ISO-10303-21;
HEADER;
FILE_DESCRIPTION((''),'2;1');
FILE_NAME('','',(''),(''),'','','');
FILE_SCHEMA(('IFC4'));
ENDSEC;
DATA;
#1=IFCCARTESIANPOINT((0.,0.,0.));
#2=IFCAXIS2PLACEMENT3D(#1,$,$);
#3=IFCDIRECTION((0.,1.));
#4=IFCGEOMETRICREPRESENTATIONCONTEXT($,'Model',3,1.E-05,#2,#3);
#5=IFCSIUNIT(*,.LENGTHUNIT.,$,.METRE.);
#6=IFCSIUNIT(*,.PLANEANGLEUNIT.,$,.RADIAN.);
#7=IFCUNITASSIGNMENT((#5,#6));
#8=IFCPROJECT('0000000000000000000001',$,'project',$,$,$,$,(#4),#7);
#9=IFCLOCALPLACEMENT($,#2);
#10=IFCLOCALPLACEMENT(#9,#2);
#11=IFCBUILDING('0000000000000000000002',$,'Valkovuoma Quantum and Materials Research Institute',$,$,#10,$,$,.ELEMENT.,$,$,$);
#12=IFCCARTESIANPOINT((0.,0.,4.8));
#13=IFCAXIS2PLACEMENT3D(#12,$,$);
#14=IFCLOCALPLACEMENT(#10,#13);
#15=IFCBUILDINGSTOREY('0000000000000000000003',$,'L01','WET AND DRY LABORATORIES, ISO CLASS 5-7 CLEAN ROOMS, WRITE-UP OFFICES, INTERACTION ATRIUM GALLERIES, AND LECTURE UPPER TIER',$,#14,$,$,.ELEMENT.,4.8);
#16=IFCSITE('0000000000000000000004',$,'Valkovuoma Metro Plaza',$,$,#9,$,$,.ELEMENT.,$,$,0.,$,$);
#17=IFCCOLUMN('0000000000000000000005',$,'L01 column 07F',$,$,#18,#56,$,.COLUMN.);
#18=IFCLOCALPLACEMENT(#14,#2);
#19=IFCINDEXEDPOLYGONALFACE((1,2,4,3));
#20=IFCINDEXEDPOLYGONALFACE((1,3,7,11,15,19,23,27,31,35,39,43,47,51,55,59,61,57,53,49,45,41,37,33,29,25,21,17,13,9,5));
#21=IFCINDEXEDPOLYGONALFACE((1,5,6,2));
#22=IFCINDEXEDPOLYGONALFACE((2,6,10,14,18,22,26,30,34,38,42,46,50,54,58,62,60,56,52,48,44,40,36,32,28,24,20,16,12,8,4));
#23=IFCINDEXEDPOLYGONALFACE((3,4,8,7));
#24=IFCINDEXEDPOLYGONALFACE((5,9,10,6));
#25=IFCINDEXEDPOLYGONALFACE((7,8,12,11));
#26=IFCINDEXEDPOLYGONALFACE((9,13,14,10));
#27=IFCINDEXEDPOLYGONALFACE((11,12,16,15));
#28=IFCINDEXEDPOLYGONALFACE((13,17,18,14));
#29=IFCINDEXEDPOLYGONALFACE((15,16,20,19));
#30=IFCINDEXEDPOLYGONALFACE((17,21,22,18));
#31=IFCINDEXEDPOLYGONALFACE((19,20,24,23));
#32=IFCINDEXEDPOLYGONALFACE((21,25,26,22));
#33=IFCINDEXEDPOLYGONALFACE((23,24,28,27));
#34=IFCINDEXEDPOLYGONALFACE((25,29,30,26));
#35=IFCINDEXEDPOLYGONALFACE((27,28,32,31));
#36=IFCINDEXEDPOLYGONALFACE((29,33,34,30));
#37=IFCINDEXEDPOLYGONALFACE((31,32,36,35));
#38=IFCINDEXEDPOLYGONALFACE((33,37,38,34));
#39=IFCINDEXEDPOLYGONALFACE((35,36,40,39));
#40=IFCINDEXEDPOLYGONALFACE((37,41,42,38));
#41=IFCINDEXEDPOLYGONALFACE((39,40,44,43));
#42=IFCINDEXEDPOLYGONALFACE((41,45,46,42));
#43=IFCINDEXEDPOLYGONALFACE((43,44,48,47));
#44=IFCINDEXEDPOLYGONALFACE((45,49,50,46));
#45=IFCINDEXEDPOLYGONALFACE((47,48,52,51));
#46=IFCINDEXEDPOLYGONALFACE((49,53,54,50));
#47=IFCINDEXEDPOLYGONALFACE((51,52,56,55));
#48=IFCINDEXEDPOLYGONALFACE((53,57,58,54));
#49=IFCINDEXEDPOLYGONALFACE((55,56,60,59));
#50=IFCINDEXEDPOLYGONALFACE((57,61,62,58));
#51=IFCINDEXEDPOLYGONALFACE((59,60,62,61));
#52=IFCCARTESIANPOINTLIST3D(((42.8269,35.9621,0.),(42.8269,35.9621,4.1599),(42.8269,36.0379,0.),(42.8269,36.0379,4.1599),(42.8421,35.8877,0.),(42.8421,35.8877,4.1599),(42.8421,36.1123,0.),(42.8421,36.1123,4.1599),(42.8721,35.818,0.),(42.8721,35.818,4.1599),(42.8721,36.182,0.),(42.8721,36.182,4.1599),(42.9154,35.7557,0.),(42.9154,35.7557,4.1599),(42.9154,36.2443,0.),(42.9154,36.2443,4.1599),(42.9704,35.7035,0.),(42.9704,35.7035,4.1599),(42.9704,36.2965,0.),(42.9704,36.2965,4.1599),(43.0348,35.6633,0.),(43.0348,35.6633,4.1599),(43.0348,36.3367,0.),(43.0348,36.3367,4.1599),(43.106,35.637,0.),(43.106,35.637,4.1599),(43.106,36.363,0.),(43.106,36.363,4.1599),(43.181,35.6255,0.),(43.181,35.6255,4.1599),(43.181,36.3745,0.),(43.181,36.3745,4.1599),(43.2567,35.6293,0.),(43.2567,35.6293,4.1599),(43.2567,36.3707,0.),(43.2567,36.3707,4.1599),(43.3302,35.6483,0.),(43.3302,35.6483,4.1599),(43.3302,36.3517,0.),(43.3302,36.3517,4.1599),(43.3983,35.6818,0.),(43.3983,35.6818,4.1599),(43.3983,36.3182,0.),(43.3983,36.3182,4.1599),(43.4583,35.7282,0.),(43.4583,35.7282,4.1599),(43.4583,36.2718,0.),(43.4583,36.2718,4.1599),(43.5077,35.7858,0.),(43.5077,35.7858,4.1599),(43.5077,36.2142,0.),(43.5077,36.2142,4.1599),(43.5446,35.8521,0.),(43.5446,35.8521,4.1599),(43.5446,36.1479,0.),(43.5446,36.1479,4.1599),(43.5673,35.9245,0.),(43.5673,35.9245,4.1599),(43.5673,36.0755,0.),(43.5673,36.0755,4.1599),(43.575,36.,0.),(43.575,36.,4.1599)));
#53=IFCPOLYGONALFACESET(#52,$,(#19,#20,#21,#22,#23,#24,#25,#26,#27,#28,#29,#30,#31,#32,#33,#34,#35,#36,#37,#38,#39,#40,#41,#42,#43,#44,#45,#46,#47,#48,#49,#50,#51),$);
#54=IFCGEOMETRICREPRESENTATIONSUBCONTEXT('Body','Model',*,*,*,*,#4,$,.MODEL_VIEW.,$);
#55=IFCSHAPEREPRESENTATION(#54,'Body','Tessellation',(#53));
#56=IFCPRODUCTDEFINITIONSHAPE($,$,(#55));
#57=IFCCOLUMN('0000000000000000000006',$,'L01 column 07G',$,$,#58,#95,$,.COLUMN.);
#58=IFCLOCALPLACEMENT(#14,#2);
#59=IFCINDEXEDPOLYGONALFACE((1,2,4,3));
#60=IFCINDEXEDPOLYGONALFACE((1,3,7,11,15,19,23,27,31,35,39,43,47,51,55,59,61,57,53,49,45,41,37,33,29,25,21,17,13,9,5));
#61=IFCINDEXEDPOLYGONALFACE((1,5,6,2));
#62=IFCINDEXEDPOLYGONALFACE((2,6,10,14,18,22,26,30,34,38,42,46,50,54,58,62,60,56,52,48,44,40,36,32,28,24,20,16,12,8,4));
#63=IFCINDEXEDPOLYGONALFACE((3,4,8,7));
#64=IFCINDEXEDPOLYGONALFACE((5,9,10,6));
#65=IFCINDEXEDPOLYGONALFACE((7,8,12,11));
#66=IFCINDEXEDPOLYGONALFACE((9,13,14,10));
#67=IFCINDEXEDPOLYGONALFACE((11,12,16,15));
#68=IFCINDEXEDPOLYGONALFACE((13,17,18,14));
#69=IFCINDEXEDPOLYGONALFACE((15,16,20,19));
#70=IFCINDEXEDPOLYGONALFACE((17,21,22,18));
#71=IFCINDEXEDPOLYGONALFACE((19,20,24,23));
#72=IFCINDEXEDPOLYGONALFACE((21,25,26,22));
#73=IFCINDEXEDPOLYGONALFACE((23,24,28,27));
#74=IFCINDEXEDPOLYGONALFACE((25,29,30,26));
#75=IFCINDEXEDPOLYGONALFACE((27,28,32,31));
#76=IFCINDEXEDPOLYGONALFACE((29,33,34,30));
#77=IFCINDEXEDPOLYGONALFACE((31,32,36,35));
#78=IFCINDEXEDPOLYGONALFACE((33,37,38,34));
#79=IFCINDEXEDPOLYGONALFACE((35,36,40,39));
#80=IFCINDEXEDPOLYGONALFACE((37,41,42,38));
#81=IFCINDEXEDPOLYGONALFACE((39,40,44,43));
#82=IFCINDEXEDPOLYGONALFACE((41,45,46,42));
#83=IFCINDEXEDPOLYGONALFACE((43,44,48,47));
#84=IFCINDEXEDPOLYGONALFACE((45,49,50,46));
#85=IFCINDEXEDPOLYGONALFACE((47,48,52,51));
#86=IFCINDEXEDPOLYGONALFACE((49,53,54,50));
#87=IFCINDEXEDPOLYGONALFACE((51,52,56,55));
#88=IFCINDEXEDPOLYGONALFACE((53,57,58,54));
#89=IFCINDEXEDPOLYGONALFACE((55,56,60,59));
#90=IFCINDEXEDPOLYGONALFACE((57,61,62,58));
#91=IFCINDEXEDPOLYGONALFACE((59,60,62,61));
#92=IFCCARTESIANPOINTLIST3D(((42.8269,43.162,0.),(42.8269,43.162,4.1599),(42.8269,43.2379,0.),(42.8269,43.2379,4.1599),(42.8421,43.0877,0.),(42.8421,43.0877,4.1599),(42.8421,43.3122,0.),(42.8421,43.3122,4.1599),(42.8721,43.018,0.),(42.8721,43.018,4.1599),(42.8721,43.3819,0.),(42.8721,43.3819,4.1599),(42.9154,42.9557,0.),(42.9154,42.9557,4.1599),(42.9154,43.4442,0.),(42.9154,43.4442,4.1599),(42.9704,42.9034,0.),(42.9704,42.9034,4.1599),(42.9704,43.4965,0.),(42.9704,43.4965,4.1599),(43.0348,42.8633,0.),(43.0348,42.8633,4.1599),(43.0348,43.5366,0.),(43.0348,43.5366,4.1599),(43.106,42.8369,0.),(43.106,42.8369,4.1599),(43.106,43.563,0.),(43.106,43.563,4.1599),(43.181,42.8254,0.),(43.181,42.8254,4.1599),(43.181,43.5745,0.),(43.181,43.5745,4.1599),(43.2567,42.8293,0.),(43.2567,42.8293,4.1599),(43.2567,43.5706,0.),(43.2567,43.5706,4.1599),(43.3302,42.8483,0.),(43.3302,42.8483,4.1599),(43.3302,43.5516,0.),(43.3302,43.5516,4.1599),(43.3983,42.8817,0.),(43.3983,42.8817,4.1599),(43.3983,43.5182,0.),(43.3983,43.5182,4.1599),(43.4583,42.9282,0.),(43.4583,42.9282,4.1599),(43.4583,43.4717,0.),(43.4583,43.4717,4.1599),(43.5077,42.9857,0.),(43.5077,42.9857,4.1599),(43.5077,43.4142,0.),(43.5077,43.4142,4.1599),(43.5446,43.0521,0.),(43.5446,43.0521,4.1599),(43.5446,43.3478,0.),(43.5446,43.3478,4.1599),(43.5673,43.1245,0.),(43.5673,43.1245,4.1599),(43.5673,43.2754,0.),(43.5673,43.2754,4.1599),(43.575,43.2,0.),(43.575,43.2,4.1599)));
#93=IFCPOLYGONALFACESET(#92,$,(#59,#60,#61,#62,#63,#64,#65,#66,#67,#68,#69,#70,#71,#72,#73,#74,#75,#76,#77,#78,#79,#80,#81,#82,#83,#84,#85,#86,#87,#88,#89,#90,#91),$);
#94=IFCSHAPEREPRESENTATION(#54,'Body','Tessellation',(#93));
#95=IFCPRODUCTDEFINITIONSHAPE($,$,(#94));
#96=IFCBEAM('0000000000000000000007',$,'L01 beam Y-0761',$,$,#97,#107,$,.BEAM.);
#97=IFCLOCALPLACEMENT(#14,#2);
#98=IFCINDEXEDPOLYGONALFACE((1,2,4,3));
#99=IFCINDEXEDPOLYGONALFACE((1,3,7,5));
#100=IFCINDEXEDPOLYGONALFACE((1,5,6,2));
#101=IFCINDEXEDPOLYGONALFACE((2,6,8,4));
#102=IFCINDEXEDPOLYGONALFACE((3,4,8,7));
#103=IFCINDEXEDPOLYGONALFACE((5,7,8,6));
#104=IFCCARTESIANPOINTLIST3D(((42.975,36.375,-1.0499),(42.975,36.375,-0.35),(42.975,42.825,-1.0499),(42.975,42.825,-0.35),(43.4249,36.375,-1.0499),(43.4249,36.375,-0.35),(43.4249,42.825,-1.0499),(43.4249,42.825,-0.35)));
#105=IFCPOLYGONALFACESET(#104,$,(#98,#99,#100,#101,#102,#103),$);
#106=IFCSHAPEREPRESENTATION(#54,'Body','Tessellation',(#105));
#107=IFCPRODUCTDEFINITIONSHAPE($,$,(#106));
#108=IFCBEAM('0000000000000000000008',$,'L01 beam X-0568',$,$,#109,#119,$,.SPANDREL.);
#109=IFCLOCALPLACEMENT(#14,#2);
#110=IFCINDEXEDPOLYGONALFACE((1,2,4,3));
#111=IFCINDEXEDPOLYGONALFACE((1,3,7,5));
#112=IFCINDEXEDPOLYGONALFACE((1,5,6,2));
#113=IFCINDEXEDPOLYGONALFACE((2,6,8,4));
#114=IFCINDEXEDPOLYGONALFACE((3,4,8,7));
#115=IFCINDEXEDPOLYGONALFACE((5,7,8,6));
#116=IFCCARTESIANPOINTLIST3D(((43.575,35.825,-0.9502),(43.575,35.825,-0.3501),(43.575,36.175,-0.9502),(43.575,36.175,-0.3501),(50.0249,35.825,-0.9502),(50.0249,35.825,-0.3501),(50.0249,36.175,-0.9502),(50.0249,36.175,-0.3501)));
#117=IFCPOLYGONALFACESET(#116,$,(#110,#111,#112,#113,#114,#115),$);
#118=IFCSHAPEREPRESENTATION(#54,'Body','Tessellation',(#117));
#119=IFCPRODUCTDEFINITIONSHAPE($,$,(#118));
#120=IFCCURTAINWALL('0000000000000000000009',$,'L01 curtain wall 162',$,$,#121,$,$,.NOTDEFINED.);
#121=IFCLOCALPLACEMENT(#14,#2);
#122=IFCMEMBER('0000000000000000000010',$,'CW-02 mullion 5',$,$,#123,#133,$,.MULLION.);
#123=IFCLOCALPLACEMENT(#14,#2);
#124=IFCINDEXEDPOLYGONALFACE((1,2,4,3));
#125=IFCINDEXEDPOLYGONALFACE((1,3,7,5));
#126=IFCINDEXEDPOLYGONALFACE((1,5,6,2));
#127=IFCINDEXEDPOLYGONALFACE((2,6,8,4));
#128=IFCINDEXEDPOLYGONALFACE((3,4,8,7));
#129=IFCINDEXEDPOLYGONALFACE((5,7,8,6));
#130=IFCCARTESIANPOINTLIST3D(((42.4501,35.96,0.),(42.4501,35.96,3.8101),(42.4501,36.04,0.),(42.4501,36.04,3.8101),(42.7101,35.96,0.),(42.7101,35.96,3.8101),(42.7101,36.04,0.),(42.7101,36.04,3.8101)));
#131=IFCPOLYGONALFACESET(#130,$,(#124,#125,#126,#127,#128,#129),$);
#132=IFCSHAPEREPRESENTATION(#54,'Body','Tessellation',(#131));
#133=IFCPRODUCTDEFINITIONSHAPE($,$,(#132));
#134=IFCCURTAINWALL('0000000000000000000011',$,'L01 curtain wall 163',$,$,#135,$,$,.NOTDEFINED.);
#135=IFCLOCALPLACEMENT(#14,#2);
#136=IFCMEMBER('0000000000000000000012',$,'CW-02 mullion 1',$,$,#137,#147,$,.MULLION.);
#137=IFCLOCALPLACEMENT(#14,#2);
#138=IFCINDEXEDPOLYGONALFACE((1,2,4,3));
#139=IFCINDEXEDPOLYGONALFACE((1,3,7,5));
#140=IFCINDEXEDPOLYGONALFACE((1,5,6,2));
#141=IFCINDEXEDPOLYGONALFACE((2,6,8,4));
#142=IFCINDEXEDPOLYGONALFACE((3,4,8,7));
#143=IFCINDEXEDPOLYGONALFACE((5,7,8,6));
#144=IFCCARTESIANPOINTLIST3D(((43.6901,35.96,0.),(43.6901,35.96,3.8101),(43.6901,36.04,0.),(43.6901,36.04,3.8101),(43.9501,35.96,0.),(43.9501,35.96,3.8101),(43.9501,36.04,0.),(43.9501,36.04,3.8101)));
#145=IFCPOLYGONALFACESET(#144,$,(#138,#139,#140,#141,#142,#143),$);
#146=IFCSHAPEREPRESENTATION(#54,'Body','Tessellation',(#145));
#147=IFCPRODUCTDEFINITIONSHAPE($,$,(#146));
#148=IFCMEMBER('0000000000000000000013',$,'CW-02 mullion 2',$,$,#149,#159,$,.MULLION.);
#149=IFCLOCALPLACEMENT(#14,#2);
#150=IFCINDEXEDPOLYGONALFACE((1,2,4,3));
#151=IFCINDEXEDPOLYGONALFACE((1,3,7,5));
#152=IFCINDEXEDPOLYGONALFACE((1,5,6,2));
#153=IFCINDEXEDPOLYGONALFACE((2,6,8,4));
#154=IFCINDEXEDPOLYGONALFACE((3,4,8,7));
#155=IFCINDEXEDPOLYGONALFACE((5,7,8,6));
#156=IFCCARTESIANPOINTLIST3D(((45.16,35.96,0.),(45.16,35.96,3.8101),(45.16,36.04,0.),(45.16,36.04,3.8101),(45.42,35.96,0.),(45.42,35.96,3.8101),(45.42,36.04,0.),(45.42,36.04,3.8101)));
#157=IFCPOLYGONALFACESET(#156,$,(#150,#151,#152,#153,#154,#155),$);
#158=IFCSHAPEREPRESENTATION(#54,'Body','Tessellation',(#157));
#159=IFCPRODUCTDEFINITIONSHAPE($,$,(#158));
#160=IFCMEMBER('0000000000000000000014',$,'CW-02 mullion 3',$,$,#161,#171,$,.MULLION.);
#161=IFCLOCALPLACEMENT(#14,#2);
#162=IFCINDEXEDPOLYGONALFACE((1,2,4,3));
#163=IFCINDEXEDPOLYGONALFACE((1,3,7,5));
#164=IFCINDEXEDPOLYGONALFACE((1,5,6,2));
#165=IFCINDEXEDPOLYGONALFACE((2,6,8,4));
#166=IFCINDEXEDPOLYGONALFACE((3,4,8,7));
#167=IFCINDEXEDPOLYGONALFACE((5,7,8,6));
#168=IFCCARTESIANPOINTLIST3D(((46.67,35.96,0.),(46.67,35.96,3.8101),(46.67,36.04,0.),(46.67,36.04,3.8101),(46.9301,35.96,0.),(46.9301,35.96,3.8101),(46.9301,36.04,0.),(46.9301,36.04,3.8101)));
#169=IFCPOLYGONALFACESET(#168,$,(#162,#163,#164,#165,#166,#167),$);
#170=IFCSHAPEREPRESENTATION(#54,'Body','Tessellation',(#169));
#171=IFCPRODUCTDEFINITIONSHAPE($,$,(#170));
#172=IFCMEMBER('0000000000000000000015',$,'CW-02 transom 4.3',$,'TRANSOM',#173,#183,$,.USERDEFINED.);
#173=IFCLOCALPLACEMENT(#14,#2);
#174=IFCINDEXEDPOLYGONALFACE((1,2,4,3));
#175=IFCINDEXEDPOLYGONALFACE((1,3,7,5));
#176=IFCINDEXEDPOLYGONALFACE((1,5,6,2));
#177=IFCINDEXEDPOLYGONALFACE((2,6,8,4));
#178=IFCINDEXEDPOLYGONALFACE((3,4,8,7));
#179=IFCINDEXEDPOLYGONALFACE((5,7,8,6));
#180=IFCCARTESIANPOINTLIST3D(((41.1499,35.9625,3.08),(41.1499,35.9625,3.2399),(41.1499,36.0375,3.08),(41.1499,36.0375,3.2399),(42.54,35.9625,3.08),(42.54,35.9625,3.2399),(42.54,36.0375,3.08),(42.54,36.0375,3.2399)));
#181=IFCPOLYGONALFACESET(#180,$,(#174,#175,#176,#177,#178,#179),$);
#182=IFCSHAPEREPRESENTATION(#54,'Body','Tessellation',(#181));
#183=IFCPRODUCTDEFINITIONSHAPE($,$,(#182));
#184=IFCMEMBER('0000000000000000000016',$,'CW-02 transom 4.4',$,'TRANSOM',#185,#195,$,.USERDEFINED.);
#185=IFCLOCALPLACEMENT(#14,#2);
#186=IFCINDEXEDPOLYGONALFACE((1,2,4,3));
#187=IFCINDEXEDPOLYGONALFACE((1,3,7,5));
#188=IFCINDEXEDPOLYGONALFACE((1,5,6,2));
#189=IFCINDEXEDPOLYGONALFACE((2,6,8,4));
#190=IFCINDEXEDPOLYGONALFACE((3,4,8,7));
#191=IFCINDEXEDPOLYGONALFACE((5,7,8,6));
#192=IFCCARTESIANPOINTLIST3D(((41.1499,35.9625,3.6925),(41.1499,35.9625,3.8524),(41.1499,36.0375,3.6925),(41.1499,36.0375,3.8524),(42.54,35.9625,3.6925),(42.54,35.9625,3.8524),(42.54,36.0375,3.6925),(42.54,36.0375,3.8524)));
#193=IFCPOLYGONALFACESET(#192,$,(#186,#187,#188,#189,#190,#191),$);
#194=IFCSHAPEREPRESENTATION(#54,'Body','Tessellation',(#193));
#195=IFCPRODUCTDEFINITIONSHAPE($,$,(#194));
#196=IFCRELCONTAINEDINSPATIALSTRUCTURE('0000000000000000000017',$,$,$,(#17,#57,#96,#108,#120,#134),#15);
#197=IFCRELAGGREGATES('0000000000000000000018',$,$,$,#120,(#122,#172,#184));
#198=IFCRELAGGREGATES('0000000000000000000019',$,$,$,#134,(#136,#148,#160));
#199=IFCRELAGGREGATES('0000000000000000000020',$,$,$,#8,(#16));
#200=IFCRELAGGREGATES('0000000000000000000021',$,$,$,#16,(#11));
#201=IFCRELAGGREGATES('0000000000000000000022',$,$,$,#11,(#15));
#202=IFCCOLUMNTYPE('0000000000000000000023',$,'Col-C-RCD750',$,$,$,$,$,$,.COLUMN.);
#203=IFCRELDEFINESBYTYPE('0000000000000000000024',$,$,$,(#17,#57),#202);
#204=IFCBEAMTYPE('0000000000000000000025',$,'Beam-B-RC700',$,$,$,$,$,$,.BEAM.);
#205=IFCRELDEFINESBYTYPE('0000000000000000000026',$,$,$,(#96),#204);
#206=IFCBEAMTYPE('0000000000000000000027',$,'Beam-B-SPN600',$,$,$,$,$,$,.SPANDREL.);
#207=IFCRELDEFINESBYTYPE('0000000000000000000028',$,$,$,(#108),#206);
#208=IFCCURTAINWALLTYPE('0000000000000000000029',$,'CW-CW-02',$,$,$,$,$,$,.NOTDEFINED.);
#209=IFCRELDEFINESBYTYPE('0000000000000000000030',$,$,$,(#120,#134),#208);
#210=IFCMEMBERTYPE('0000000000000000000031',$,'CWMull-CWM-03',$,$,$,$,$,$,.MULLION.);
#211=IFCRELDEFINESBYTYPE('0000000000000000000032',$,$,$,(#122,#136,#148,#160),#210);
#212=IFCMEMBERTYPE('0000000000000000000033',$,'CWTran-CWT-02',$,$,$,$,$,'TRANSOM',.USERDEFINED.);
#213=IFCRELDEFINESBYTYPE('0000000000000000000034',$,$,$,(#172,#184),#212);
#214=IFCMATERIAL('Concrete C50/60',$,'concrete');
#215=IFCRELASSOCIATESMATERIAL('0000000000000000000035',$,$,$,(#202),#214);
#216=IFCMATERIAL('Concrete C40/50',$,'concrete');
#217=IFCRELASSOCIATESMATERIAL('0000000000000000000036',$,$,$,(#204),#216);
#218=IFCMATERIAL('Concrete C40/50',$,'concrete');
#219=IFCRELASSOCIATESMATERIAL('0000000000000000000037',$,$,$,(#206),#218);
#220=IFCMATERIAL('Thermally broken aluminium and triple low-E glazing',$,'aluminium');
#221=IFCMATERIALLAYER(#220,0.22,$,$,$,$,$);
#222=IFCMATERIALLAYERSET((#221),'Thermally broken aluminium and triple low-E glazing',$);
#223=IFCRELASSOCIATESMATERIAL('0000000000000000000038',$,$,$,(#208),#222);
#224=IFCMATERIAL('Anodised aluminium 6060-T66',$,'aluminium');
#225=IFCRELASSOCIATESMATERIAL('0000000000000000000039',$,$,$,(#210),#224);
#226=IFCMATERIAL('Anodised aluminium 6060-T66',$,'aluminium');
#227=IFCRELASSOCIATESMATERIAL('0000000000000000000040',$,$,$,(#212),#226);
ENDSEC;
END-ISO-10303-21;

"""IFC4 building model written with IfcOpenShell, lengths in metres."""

from ifc_helpers import new_model, si_unit, direction, frame, origin, origin_2d, place, context, subcontext, project, spatial, rectangle, circle, extrude, material, layer, layer_set, material_profile, profile_set, type_object, element, aggregate, save


model = new_model("IFC4")

# Units and contexts
model_context = context("Model", 3, precision=1e-05, world=origin(), true_north=direction((0.0, 1.0)))
body_context = subcontext(model_context, "Body", "Model", "MODEL_VIEW")
ifc_project = project(units=[si_unit("LENGTHUNIT", "METRE"), si_unit("PLANEANGLEUNIT", "RADIAN")], contexts=[model_context])

# Site, building, storey
site_placement = place(None, origin())
site = spatial("IfcSite", under=ifc_project, at=site_placement, Name="Valkovuoma Metro Plaza", CompositionType="ELEMENT", RefElevation=0.0)
building_placement = place(site_placement, origin())
building = spatial("IfcBuilding", under=site, at=building_placement, Name="Valkovuoma Quantum and Materials Research Institute", CompositionType="ELEMENT")
storey_placement = place(building_placement, frame((0.0, 0.0, 4.8)))
storey = spatial("IfcBuildingStorey", under=building, at=storey_placement, Name="L01", Description="WET AND DRY LABORATORIES, ISO CLASS 5-7 CLEAN ROOMS, WRITE-UP OFFICES, INTERACTION ATRIUM GALLERIES, AND LECTURE UPPER TIER", CompositionType="ELEMENT", Elevation=4.8)

# Columns
ifc_material_1 = material(Name="Concrete C50/60", Category="concrete")
ifc_material_profile_1 = material_profile(ifc_material_1, circle(Radius=0.375, at=origin_2d()), Name="Concrete C50/60")
ifc_profile_set_1 = profile_set([ifc_material_profile_1], Name="Concrete C50/60")
column_type = type_object("IfcColumnType", Name="Col-C-RCD750", PredefinedType="COLUMN", material=ifc_profile_set_1)
for number, where, z_axis, x_axis, name in (
    (1, (43.2, 36.0, 0.0), (0.0, 0.0, 1.0), (1.0, 0.0, 0.0), "L01 column 07F"),
    (2, (43.2, 43.2, 0.0), (0.0, 0.0, 1.0), (1.0, 0.0, 0.0), "L01 column 07G"),
):
    element("IfcColumn", number, at=place(storey_placement, frame(where, z_axis=z_axis, x_axis=x_axis)), inside=storey, type_object=column_type, Name=name, PredefinedType="COLUMN", context=body_context, shape_type="SweptSolid", body=[
        extrude(circle(Radius=0.375, at=origin_2d()), origin(), (0.0, 0.0, 1.0), 4.1599),
    ])

# Beams
ifc_material_2 = material(Name="Concrete C40/50", Category="concrete")
ifc_material_profile_2 = material_profile(ifc_material_2, rectangle(XDim=0.45, YDim=0.7, at=origin_2d()), Name="Concrete C40/50")
ifc_profile_set_2 = profile_set([ifc_material_profile_2], Name="Concrete C40/50")
beam_type_1 = type_object("IfcBeamType", Name="Beam-B-RC700", PredefinedType="BEAM", material=ifc_profile_set_2)
beam_1_placement = place(storey_placement, frame((43.2, 36.375, -0.7), z_axis=(0.0, 1.0, 0.0), x_axis=(-1.0, 0.0, 0.0)))
element("IfcBeam", 3, at=beam_1_placement, inside=storey, type_object=beam_type_1, Name="L01 beam Y-0761", PredefinedType="BEAM", context=body_context, shape_type="SweptSolid", body=[
    extrude(rectangle(XDim=0.45, YDim=0.7, at=origin_2d()), origin(), (0.0, 0.0, 1.0), 6.45),
])
ifc_material_3 = material(Name="Concrete C40/50", Category="concrete")
ifc_material_profile_3 = material_profile(ifc_material_3, rectangle(XDim=0.3501, YDim=0.6001, at=origin_2d()), Name="Concrete C40/50")
ifc_profile_set_3 = profile_set([ifc_material_profile_3], Name="Concrete C40/50")
beam_type_2 = type_object("IfcBeamType", Name="Beam-B-SPN600", PredefinedType="SPANDREL", material=ifc_profile_set_3)
beam_2_placement = place(storey_placement, frame((43.575, 36.0, -0.6501), z_axis=(1.0, 0.0, 0.0), x_axis=(0.0, 1.0, 0.0)))
element("IfcBeam", 4, at=beam_2_placement, inside=storey, type_object=beam_type_2, Name="L01 beam X-0568", PredefinedType="SPANDREL", context=body_context, shape_type="SweptSolid", body=[
    extrude(rectangle(XDim=0.3501, YDim=0.6001, at=origin_2d()), origin(), (0.0, 0.0, 1.0), 6.45),
])

# Curtain wall, member
ifc_material_4 = material(Name="Thermally broken aluminium and triple low-E glazing", Category="aluminium")
ifc_layer_1 = layer(ifc_material_4, 0.22)
ifc_layer_set_1 = layer_set([ifc_layer_1], Name="Thermally broken aluminium and triple low-E glazing")
curtain_wall_type = type_object("IfcCurtainWallType", Name="CW-CW-02", PredefinedType="NOTDEFINED", material=ifc_layer_set_1)
curtain_wall_1_placement = place(storey_placement, origin())
curtain_wall_1 = element("IfcCurtainWall", 5, at=curtain_wall_1_placement, inside=storey, type_object=curtain_wall_type, Name="L01 curtain wall 162", PredefinedType="NOTDEFINED")
ifc_material_5 = material(Name="Anodised aluminium 6060-T66", Category="aluminium")
ifc_material_profile_4 = material_profile(ifc_material_5, rectangle(XDim=0.0801, YDim=0.26, at=origin_2d()), Name="Anodised aluminium 6060-T66")
ifc_profile_set_4 = profile_set([ifc_material_profile_4], Name="Anodised aluminium 6060-T66")
member_type_1 = type_object("IfcMemberType", Name="CWMull-CWM-03", PredefinedType="MULLION", material=ifc_profile_set_4)
member_1_placement = place(storey_placement, frame((42.5801, 36.0, 0.0), z_axis=(0.0, 0.0, 1.0), x_axis=(0.0, 1.0, 0.0)))
member_1 = element("IfcMember", 6, at=member_1_placement, type_object=member_type_1, Name="CW-02 mullion 5", PredefinedType="MULLION", context=body_context, shape_type="SweptSolid", body=[
    extrude(rectangle(XDim=0.0801, YDim=0.26, at=origin_2d()), origin(), (0.0, 0.0, 1.0), 3.8101),
])

# Curtain wall, members
curtain_wall_2_placement = place(storey_placement, origin())
curtain_wall_2 = element("IfcCurtainWall", 7, at=curtain_wall_2_placement, inside=storey, type_object=curtain_wall_type, Name="L01 curtain wall 163", PredefinedType="NOTDEFINED")
member_2_placement = place(storey_placement, frame((43.8201, 36.0, 0.0), z_axis=(0.0, 0.0, 1.0), x_axis=(0.0, 1.0, 0.0)))
member_2 = element("IfcMember", 8, at=member_2_placement, type_object=member_type_1, Name="CW-02 mullion 1", PredefinedType="MULLION", context=body_context, shape_type="SweptSolid", body=[
    extrude(rectangle(XDim=0.0801, YDim=0.26, at=origin_2d()), origin(), (0.0, 0.0, 1.0), 3.8101),
])
member_3_placement = place(storey_placement, frame((45.29, 36.0, 0.0), z_axis=(0.0, 0.0, 1.0), x_axis=(0.0, 1.0, 0.0)))
member_3 = element("IfcMember", 9, at=member_3_placement, type_object=member_type_1, Name="CW-02 mullion 2", PredefinedType="MULLION", context=body_context, shape_type="SweptSolid", body=[
    extrude(rectangle(XDim=0.0801, YDim=0.26, at=origin_2d()), origin(), (0.0, 0.0, 1.0), 3.8101),
])
member_4_placement = place(storey_placement, frame((46.8, 36.0, 0.0), z_axis=(0.0, 0.0, 1.0), x_axis=(0.0, 1.0, 0.0)))
member_4 = element("IfcMember", 10, at=member_4_placement, type_object=member_type_1, Name="CW-02 mullion 3", PredefinedType="MULLION", context=body_context, shape_type="SweptSolid", body=[
    extrude(rectangle(XDim=0.0801, YDim=0.26, at=origin_2d()), origin(), (0.0, 0.0, 1.0), 3.8101),
])

# Members
ifc_material_6 = material(Name="Anodised aluminium 6060-T66", Category="aluminium")
ifc_material_profile_5 = material_profile(ifc_material_6, rectangle(XDim=0.075, YDim=0.1599, at=origin_2d()), Name="Anodised aluminium 6060-T66")
ifc_profile_set_5 = profile_set([ifc_material_profile_5], Name="Anodised aluminium 6060-T66")
member_type_2 = type_object("IfcMemberType", Name="CWTran-CWT-02", ElementType="TRANSOM", PredefinedType="USERDEFINED", material=ifc_profile_set_5)
member_5_placement = place(storey_placement, frame((41.1499, 36.0, 3.1599), z_axis=(1.0, 0.0, 0.0), x_axis=(0.0, 1.0, 0.0)))
member_5 = element("IfcMember", 11, at=member_5_placement, type_object=member_type_2, Name="CW-02 transom 4.3", ObjectType="TRANSOM", PredefinedType="USERDEFINED", context=body_context, shape_type="SweptSolid", body=[
    extrude(rectangle(XDim=0.075, YDim=0.1599, at=origin_2d()), origin(), (0.0, 0.0, 1.0), 1.3901),
])
member_6_placement = place(storey_placement, frame((41.1499, 36.0, 3.7725), z_axis=(1.0, 0.0, 0.0), x_axis=(0.0, 1.0, 0.0)))
member_6 = element("IfcMember", 12, at=member_6_placement, type_object=member_type_2, Name="CW-02 transom 4.4", ObjectType="TRANSOM", PredefinedType="USERDEFINED", context=body_context, shape_type="SweptSolid", body=[
    extrude(rectangle(XDim=0.075, YDim=0.1599, at=origin_2d()), origin(), (0.0, 0.0, 1.0), 1.3901),
])

aggregate(curtain_wall_1, [member_1, member_5, member_6])
aggregate(curtain_wall_2, [member_2, member_3, member_4])

save(model, "model.ifc")
